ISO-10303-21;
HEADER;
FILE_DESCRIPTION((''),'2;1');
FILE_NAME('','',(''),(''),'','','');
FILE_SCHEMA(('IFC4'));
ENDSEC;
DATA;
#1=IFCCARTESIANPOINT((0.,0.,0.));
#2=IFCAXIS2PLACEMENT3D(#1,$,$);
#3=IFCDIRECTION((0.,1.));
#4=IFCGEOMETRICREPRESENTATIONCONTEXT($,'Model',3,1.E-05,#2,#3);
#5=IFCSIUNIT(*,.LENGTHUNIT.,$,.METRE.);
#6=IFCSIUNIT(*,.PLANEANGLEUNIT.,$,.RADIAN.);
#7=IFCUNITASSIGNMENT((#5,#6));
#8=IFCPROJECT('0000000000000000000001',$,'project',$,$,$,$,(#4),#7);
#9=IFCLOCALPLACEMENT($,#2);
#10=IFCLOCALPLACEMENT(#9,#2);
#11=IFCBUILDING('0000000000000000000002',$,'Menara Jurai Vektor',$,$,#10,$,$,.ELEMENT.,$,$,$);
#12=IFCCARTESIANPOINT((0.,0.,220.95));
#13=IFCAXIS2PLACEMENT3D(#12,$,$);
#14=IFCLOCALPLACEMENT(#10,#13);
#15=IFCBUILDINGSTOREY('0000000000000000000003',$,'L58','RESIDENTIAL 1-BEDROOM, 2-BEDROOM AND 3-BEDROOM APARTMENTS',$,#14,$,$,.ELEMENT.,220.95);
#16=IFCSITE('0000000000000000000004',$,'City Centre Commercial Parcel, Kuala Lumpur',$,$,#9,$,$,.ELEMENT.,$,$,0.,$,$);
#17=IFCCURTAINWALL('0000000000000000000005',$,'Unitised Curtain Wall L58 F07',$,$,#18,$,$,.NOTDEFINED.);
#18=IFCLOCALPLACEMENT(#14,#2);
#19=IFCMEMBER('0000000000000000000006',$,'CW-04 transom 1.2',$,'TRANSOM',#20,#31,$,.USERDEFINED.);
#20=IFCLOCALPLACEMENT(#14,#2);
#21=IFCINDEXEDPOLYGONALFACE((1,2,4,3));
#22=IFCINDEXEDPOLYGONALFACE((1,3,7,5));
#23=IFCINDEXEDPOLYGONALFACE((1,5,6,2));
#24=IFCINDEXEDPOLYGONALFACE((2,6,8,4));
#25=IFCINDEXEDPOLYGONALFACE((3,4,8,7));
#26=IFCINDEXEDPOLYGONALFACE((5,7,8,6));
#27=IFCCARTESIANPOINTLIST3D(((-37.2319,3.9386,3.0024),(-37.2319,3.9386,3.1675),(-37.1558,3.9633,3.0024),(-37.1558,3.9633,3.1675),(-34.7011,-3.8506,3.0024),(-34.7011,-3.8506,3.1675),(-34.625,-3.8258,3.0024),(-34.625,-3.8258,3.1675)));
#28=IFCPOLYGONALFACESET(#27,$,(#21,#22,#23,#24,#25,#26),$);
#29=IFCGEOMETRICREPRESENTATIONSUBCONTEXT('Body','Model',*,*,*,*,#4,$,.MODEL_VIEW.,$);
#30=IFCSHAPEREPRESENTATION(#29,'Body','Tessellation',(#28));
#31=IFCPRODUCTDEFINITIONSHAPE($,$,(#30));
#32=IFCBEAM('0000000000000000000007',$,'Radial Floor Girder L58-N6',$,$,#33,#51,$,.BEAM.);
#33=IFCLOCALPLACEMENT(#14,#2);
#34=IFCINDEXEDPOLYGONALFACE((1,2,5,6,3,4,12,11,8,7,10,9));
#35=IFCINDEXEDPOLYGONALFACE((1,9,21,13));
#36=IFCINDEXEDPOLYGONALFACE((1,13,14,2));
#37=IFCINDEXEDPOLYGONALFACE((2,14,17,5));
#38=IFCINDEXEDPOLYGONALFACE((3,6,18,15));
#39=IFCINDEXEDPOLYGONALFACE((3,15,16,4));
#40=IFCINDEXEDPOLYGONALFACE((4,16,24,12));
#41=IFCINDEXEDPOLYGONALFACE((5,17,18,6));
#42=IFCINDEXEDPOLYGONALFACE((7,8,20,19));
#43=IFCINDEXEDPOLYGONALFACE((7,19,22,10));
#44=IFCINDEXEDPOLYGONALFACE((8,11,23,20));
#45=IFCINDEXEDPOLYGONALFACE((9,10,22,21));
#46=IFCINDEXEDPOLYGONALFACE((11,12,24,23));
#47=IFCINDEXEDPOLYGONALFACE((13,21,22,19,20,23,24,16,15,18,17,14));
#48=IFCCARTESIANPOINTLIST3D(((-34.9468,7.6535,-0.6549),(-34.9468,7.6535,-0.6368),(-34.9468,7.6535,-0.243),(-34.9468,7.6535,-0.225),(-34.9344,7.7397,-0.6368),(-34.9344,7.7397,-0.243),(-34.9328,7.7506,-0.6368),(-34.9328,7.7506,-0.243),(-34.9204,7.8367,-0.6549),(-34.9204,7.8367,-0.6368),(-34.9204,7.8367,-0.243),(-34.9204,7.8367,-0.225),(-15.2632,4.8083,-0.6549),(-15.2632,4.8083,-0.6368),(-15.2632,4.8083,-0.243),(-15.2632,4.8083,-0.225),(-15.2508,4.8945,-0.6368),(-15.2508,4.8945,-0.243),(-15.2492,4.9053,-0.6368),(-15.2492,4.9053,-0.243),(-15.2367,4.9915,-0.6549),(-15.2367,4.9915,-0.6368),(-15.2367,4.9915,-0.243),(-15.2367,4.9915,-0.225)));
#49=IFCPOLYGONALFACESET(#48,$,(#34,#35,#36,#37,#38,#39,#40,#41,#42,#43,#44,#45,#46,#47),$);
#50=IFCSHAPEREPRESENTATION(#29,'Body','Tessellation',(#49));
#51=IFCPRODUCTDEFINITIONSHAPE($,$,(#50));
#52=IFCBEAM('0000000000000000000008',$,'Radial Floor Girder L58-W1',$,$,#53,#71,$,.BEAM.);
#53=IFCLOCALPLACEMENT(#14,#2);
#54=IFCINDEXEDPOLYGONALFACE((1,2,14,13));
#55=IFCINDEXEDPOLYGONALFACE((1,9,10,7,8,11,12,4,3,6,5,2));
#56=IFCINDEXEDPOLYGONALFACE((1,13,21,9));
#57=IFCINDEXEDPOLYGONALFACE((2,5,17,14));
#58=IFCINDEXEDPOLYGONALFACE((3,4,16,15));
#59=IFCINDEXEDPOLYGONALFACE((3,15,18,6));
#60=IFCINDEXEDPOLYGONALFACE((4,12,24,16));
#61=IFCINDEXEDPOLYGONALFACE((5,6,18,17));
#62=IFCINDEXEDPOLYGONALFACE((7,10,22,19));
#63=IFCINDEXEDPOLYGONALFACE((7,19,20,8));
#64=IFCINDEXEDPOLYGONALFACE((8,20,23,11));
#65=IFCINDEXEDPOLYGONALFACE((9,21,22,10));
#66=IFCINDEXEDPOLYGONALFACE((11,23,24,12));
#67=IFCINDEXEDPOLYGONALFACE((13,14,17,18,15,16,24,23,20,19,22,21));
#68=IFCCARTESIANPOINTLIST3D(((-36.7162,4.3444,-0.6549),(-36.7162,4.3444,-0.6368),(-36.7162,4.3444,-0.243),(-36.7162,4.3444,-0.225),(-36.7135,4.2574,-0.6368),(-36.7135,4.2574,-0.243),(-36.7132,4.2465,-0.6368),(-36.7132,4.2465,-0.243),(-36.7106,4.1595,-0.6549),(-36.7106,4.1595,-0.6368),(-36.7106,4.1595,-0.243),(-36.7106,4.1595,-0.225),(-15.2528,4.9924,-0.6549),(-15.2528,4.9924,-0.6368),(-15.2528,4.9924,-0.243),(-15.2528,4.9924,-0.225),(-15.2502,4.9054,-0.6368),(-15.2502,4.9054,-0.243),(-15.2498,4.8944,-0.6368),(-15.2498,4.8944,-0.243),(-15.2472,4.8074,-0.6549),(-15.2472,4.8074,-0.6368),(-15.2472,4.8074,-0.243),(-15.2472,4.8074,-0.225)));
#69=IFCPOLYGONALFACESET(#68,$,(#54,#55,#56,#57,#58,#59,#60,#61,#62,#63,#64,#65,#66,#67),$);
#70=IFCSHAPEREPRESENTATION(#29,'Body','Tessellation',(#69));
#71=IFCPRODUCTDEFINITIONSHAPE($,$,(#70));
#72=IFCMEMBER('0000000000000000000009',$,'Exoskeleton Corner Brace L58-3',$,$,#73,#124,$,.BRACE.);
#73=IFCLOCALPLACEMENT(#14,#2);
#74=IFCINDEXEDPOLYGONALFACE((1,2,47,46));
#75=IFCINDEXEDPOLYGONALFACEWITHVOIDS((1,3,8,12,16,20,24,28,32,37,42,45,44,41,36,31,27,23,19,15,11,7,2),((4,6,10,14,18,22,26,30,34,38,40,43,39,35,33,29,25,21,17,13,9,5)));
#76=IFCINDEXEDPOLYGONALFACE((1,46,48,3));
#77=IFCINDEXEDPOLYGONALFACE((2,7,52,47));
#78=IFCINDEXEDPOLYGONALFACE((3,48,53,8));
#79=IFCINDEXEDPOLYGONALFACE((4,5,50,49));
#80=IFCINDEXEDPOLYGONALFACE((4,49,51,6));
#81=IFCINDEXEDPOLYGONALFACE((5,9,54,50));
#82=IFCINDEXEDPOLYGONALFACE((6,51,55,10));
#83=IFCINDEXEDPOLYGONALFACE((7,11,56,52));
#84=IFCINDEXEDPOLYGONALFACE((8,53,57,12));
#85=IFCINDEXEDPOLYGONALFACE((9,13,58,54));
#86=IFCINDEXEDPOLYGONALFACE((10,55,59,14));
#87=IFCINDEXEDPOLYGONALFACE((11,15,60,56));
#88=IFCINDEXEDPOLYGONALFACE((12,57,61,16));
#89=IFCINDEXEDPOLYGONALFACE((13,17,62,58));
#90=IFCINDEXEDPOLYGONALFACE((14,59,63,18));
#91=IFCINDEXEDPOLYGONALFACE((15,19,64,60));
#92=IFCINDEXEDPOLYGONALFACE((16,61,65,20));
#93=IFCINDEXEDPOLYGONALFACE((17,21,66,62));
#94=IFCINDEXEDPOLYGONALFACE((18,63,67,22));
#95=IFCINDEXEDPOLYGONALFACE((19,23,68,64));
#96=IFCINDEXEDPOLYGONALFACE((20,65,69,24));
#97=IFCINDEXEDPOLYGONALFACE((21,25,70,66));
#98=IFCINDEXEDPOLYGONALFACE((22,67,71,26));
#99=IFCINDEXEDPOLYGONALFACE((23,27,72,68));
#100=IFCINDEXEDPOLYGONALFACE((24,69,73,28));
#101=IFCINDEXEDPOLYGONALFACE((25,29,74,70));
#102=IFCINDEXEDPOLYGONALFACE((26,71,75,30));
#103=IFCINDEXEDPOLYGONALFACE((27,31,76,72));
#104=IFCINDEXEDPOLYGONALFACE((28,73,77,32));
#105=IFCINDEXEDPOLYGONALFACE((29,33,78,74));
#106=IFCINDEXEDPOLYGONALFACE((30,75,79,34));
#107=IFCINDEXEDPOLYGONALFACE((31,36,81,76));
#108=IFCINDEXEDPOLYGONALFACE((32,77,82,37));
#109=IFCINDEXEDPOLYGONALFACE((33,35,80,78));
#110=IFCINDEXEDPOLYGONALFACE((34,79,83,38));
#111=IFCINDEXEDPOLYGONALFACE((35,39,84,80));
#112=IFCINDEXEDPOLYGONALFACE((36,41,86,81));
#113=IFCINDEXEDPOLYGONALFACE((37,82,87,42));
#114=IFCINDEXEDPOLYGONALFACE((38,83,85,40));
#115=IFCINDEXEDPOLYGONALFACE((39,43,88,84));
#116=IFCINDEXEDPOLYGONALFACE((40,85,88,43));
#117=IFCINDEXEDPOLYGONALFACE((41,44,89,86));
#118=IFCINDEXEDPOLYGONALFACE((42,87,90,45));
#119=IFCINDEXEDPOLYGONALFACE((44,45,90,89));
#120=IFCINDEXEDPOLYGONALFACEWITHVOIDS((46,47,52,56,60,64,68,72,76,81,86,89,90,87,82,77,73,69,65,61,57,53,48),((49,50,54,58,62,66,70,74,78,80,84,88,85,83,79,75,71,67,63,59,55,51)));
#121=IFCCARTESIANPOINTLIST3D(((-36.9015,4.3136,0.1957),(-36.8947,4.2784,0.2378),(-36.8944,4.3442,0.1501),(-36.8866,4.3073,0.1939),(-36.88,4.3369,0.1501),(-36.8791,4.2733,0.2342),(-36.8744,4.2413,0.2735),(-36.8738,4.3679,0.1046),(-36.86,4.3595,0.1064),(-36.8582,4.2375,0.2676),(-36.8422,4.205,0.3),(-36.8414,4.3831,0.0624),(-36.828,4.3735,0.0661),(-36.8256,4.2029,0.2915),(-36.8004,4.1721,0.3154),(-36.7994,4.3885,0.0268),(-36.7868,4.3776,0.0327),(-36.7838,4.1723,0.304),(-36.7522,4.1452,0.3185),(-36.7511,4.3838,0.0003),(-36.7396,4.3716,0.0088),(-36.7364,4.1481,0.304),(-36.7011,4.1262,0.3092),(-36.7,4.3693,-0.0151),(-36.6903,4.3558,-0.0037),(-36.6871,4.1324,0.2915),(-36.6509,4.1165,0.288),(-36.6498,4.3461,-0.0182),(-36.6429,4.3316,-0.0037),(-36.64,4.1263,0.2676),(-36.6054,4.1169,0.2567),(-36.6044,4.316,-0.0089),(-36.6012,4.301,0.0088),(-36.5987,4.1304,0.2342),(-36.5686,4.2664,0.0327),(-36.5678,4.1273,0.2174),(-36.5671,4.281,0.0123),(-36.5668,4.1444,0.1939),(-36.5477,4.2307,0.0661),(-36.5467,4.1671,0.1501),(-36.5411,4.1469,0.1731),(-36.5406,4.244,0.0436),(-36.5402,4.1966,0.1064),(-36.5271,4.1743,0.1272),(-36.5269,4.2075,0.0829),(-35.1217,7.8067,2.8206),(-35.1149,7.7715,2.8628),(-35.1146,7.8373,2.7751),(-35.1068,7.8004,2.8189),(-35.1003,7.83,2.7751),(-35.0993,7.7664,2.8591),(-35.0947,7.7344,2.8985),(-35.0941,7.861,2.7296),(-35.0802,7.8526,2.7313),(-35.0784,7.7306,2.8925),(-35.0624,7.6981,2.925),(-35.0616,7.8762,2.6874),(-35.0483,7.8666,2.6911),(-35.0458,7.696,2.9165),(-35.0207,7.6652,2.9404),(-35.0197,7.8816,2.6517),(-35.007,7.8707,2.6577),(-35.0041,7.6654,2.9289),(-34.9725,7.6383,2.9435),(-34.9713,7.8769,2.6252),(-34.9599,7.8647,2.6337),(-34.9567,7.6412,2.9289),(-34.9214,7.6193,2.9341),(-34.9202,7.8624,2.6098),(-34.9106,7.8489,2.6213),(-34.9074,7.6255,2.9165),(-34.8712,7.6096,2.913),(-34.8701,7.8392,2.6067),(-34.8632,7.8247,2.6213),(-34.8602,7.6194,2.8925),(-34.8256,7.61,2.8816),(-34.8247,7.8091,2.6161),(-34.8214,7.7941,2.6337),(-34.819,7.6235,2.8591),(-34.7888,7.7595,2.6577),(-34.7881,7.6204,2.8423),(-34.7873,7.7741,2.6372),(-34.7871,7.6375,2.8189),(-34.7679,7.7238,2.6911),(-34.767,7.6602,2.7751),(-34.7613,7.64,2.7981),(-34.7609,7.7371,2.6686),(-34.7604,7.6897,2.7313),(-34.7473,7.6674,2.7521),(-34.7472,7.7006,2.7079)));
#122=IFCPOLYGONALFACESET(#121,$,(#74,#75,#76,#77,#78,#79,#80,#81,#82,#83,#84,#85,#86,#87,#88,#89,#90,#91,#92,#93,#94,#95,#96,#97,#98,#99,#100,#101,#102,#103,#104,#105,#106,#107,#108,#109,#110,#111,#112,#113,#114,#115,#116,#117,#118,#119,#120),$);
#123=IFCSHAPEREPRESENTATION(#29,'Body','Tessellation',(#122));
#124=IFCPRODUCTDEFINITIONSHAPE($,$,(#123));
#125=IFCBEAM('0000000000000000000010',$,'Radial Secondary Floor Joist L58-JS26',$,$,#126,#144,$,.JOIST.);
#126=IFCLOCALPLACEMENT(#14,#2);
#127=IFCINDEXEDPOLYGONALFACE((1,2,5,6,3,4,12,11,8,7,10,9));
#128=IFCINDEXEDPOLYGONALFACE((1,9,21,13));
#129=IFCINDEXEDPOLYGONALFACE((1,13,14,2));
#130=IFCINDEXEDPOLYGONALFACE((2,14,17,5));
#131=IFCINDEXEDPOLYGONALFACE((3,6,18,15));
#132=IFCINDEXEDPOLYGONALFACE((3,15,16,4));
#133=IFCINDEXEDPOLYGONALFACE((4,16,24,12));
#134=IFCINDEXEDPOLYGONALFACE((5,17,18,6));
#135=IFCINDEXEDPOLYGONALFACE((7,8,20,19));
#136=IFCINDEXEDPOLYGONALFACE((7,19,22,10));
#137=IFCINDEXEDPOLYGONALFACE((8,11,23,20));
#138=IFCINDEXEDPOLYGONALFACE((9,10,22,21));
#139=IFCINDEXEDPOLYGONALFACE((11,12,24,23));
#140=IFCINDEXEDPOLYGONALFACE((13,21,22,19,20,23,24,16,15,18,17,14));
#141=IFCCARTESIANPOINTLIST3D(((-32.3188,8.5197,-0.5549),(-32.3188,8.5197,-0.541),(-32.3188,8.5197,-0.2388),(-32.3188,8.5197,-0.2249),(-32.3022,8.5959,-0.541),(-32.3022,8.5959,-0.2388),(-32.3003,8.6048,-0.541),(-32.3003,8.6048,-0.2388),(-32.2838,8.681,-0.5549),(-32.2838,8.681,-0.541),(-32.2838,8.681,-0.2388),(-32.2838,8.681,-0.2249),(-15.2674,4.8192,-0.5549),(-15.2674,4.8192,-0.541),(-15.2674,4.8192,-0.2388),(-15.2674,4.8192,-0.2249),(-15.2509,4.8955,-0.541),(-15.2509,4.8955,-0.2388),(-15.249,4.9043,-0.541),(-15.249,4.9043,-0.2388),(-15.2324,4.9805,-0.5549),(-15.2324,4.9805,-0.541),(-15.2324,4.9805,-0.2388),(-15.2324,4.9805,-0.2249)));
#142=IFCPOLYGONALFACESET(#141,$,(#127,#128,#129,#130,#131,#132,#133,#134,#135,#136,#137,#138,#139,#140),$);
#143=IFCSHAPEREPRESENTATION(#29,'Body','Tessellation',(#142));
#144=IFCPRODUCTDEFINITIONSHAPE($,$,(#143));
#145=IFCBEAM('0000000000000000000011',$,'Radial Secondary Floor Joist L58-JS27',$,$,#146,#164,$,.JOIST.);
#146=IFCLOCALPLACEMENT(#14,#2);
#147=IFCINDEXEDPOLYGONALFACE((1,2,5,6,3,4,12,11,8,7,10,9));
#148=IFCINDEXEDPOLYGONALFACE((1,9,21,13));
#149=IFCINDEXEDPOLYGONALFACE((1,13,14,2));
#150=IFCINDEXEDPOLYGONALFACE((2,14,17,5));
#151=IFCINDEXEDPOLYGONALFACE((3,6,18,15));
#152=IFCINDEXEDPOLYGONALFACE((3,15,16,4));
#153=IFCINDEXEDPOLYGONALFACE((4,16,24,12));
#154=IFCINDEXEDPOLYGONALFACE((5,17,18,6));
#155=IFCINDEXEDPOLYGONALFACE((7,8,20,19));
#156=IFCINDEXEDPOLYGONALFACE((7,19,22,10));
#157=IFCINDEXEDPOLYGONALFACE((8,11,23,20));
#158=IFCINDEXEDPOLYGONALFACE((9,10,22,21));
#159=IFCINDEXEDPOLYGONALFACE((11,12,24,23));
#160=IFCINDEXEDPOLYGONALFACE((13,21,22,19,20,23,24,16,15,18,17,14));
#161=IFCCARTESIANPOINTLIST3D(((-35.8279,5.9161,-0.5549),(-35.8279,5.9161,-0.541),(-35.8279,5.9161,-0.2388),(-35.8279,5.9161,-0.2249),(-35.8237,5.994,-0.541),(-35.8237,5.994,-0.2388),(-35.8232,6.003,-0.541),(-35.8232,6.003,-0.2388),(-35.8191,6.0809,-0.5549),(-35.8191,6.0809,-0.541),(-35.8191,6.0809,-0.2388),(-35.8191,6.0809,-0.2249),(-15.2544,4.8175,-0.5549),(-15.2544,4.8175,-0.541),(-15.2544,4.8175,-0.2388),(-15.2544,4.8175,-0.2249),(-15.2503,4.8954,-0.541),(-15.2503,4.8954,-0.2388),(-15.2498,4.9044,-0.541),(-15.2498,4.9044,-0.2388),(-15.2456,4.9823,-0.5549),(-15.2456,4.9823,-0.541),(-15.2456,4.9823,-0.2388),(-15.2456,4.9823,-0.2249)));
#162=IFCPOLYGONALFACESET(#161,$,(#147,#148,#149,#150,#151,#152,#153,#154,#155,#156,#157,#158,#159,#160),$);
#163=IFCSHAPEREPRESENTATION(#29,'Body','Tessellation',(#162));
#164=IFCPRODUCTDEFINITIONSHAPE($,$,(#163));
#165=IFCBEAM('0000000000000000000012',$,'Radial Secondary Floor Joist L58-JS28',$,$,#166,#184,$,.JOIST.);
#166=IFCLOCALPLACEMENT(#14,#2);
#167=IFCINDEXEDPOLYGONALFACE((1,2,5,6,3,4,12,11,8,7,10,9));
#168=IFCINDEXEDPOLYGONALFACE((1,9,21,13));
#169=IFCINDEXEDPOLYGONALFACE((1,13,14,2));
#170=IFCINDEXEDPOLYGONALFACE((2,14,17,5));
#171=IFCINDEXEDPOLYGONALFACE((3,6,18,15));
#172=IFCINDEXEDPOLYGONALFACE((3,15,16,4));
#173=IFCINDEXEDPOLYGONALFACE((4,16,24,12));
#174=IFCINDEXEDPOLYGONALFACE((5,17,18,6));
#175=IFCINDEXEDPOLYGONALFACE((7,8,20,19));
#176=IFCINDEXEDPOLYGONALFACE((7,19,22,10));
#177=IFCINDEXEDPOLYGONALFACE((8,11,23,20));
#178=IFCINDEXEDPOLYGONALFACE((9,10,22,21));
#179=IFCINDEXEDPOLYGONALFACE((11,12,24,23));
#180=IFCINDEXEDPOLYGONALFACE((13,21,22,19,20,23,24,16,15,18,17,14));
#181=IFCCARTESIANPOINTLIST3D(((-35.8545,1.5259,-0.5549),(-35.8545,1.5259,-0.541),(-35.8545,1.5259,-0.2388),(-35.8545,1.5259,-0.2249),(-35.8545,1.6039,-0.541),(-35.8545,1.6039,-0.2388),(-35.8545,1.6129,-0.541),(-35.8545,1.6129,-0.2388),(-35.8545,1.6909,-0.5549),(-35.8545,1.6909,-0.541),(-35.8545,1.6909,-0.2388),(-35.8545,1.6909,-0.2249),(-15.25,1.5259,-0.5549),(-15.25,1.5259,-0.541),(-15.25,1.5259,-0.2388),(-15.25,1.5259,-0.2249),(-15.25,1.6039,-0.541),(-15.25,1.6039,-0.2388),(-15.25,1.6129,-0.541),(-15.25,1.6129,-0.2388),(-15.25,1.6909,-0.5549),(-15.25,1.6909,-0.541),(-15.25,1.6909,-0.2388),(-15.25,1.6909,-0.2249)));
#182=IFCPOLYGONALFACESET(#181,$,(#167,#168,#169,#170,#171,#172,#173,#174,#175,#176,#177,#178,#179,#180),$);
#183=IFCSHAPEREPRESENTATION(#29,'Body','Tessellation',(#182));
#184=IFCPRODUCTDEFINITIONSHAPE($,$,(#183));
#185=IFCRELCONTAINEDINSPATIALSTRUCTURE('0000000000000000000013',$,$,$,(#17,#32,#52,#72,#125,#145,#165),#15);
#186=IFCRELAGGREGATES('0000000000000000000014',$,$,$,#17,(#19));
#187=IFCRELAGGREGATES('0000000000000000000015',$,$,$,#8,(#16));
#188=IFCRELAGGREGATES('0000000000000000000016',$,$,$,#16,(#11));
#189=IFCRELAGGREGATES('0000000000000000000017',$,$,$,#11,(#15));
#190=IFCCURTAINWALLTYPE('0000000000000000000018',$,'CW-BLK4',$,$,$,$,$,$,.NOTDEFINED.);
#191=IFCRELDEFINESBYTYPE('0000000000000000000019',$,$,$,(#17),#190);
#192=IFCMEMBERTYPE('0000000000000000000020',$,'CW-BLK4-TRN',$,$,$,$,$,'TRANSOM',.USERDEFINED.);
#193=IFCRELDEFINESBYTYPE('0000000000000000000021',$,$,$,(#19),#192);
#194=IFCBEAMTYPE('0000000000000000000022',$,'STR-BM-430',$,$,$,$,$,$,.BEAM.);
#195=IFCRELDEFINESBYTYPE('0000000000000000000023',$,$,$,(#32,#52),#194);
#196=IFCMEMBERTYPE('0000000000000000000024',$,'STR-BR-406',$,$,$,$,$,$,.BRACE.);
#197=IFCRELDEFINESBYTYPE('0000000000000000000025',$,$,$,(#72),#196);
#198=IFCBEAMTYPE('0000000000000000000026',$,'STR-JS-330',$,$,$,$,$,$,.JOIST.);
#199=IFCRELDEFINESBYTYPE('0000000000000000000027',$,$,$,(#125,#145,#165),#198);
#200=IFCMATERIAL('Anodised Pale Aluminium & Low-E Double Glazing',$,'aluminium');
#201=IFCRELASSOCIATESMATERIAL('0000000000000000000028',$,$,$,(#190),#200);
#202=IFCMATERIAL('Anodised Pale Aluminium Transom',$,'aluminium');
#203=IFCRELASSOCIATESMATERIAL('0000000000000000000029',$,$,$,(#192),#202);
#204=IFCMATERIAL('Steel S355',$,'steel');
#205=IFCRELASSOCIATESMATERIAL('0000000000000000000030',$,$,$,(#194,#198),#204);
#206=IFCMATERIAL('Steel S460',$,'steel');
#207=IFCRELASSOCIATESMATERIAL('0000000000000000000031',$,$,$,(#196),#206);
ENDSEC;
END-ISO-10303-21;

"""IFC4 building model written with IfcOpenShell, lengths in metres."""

from ifc_helpers import new_model, si_unit, direction, frame, origin, origin_2d, place, context, subcontext, project, spatial, rectangle, hollow_circle, i_section, extrude, material, material_profile, profile_set, type_object, element, aggregate, save


model = new_model("IFC4")

# Units and contexts
model_context = context("Model", 3, precision=1e-05, world=origin(), true_north=direction((0.0, 1.0)))
body_context = subcontext(model_context, "Body", "Model", "MODEL_VIEW")
ifc_project = project(units=[si_unit("LENGTHUNIT", "METRE"), si_unit("PLANEANGLEUNIT", "RADIAN")], contexts=[model_context])

# Site, building, storey
site_placement = place(None, origin())
site = spatial("IfcSite", under=ifc_project, at=site_placement, Name="City Centre Commercial Parcel, Kuala Lumpur", CompositionType="ELEMENT", RefElevation=0.0)
building_placement = place(site_placement, origin())
building = spatial("IfcBuilding", under=site, at=building_placement, Name="Menara Jurai Vektor", CompositionType="ELEMENT")
storey_placement = place(building_placement, frame((0.0, 0.0, 220.95)))
storey = spatial("IfcBuildingStorey", under=building, at=storey_placement, Name="L58", Description="RESIDENTIAL 1-BEDROOM, 2-BEDROOM AND 3-BEDROOM APARTMENTS", CompositionType="ELEMENT", Elevation=220.95)

# Shared definitions
ifc_material_1 = material(Name="Steel S460", Category="steel")

# Shared definitions
ifc_material_2 = material(Name="Anodised Pale Aluminium & Low-E Double Glazing", Category="aluminium")
curtain_wall_type = type_object("IfcCurtainWallType", Name="CW-BLK4", PredefinedType="NOTDEFINED", material=ifc_material_2)

# Curtain wall
curtain_wall_1_placement = place(storey_placement, origin())
curtain_wall_1 = element("IfcCurtainWall", 1, at=curtain_wall_1_placement, inside=storey, type_object=curtain_wall_type, Name="Unitised Curtain Wall L58 F07", PredefinedType="NOTDEFINED")

# Member
ifc_material_3 = material(Name="Anodised Pale Aluminium Transom", Category="aluminium")
ifc_material_profile_1 = material_profile(ifc_material_3, rectangle(XDim=0.0801, YDim=0.165, at=origin_2d()), Name="ALU TRN 80x165")
ifc_profile_set_1 = profile_set([ifc_material_profile_1], Name="Anodised Pale Aluminium Transom")
member_type_1 = type_object("IfcMemberType", Name="CW-BLK4-TRN", ElementType="TRANSOM", PredefinedType="USERDEFINED", material=ifc_profile_set_1)
member_1_placement = place(storey_placement, frame((-37.1938, 3.9509, 3.085), z_axis=(0.309011, -0.951059, 0.0), x_axis=(0.951059, 0.309011, 0.0)))
member_1 = element("IfcMember", 2, at=member_1_placement, type_object=member_type_1, Name="CW-04 transom 1.2", ObjectType="TRANSOM", PredefinedType="USERDEFINED", context=body_context, shape_type="SweptSolid", body=[
    extrude(rectangle(XDim=0.0801, YDim=0.165, at=origin_2d()), origin(), (0.0, 0.0, 1.0), 8.1899),
])

# Beams
ifc_material_4 = material(Name="Steel S355", Category="steel")
ifc_material_profile_2 = material_profile(ifc_material_4, i_section(OverallWidth=0.1851, OverallDepth=0.4299, WebThickness=0.011, FlangeThickness=0.0181, at=origin_2d()), Name="PG 430x185x76")
ifc_profile_set_2 = profile_set([ifc_material_profile_2], Name="Steel S355")
beam_type_1 = type_object("IfcBeamType", Name="STR-BM-430", PredefinedType="BEAM", material=ifc_profile_set_2)
beam_1_placement = place(storey_placement, frame((-34.9336, 7.7451, -0.4399), z_axis=(0.989714, -0.143061, 0.0), x_axis=(0.143061, 0.989714, 0.0)))
element("IfcBeam", 3, at=beam_1_placement, inside=storey, type_object=beam_type_1, Name="Radial Floor Girder L58-N6", PredefinedType="BEAM", context=body_context, shape_type="SweptSolid", body=[
    extrude(i_section(OverallWidth=0.1851, OverallDepth=0.4299, WebThickness=0.011, FlangeThickness=0.0181, at=origin_2d()), origin(), (0.0, 0.0, 1.0), 19.8882),
])
beam_2_placement = place(storey_placement, frame((-36.7134, 4.252, -0.4399), z_axis=(0.999545, 0.030175, 0.0), x_axis=(-0.030175, 0.999545, 0.0)))
element("IfcBeam", 4, at=beam_2_placement, inside=storey, type_object=beam_type_1, Name="Radial Floor Girder L58-W1", PredefinedType="BEAM", context=body_context, shape_type="SweptSolid", body=[
    extrude(i_section(OverallWidth=0.1851, OverallDepth=0.4299, WebThickness=0.011, FlangeThickness=0.0181, at=origin_2d()), origin(), (0.0, 0.0, 1.0), 21.4731),
])

# Member
ifc_material_profile_3 = material_profile(ifc_material_1, hollow_circle(Radius=0.2031, WallThickness=0.0161, at=origin_2d()), Name="CHS 406.4x16")
ifc_profile_set_3 = profile_set([ifc_material_profile_3], Name="Steel S460")
member_type_2 = type_object("IfcMemberType", Name="STR-BR-406", PredefinedType="BRACE", material=ifc_profile_set_3)
member_2_placement = place(storey_placement, frame((-36.7134, 4.252, 0.1501), z_axis=(0.377225, 0.740375, 0.556368), x_axis=(-0.891014, 0.453976, 0.0)))
element("IfcMember", 5, at=member_2_placement, inside=storey, type_object=member_type_2, Name="Exoskeleton Corner Brace L58-3", PredefinedType="BRACE", context=body_context, shape_type="SweptSolid", body=[
    extrude(hollow_circle(Radius=0.2031, WallThickness=0.0161, at=origin_2d()), origin(), (0.0, 0.0, 1.0), 4.718),
])

# Beams
ifc_material_profile_4 = material_profile(ifc_material_4, i_section(OverallWidth=0.165, OverallDepth=0.3301, WebThickness=0.009, FlangeThickness=0.0139, at=origin_2d()), Name="PG 330x165x46")
ifc_profile_set_4 = profile_set([ifc_material_profile_4], Name="Steel S355")
beam_type_2 = type_object("IfcBeamType", Name="STR-JS-330", PredefinedType="JOIST", material=ifc_profile_set_4)
beam_3_placement = place(storey_placement, frame((-32.3013, 8.6003, -0.3899), z_axis=(0.977252, -0.212082, 0.0), x_axis=(0.212082, 0.977252, 0.0)))
element("IfcBeam", 6, at=beam_3_placement, inside=storey, type_object=beam_type_2, Name="Radial Secondary Floor Joist L58-JS26", PredefinedType="JOIST", context=body_context, shape_type="SweptSolid", body=[
    extrude(i_section(OverallWidth=0.165, OverallDepth=0.3301, WebThickness=0.009, FlangeThickness=0.0139, at=origin_2d()), origin(), (0.0, 0.0, 1.0), 17.4482),
])
beam_4_placement = place(storey_placement, frame((-35.8235, 5.9985, -0.3899), z_axis=(0.998577, -0.053324, 0.0), x_axis=(0.053324, 0.998577, 0.0)))
element("IfcBeam", 7, at=beam_4_placement, inside=storey, type_object=beam_type_2, Name="Radial Secondary Floor Joist L58-JS27", PredefinedType="JOIST", context=body_context, shape_type="SweptSolid", body=[
    extrude(i_section(OverallWidth=0.165, OverallDepth=0.3301, WebThickness=0.009, FlangeThickness=0.0139, at=origin_2d()), origin(), (0.0, 0.0, 1.0), 20.6028),
])
beam_5_placement = place(storey_placement, frame((-35.8545, 1.6084, -0.3899), z_axis=(1.0, 0.0, 0.0), x_axis=(0.0, 1.0, 0.0)))
element("IfcBeam", 8, at=beam_5_placement, inside=storey, type_object=beam_type_2, Name="Radial Secondary Floor Joist L58-JS28", PredefinedType="JOIST", context=body_context, shape_type="SweptSolid", body=[
    extrude(i_section(OverallWidth=0.165, OverallDepth=0.3301, WebThickness=0.009, FlangeThickness=0.0139, at=origin_2d()), origin(), (0.0, 0.0, 1.0), 20.6045),
])

aggregate(curtain_wall_1, [member_1])

save(model, "model.ifc")
